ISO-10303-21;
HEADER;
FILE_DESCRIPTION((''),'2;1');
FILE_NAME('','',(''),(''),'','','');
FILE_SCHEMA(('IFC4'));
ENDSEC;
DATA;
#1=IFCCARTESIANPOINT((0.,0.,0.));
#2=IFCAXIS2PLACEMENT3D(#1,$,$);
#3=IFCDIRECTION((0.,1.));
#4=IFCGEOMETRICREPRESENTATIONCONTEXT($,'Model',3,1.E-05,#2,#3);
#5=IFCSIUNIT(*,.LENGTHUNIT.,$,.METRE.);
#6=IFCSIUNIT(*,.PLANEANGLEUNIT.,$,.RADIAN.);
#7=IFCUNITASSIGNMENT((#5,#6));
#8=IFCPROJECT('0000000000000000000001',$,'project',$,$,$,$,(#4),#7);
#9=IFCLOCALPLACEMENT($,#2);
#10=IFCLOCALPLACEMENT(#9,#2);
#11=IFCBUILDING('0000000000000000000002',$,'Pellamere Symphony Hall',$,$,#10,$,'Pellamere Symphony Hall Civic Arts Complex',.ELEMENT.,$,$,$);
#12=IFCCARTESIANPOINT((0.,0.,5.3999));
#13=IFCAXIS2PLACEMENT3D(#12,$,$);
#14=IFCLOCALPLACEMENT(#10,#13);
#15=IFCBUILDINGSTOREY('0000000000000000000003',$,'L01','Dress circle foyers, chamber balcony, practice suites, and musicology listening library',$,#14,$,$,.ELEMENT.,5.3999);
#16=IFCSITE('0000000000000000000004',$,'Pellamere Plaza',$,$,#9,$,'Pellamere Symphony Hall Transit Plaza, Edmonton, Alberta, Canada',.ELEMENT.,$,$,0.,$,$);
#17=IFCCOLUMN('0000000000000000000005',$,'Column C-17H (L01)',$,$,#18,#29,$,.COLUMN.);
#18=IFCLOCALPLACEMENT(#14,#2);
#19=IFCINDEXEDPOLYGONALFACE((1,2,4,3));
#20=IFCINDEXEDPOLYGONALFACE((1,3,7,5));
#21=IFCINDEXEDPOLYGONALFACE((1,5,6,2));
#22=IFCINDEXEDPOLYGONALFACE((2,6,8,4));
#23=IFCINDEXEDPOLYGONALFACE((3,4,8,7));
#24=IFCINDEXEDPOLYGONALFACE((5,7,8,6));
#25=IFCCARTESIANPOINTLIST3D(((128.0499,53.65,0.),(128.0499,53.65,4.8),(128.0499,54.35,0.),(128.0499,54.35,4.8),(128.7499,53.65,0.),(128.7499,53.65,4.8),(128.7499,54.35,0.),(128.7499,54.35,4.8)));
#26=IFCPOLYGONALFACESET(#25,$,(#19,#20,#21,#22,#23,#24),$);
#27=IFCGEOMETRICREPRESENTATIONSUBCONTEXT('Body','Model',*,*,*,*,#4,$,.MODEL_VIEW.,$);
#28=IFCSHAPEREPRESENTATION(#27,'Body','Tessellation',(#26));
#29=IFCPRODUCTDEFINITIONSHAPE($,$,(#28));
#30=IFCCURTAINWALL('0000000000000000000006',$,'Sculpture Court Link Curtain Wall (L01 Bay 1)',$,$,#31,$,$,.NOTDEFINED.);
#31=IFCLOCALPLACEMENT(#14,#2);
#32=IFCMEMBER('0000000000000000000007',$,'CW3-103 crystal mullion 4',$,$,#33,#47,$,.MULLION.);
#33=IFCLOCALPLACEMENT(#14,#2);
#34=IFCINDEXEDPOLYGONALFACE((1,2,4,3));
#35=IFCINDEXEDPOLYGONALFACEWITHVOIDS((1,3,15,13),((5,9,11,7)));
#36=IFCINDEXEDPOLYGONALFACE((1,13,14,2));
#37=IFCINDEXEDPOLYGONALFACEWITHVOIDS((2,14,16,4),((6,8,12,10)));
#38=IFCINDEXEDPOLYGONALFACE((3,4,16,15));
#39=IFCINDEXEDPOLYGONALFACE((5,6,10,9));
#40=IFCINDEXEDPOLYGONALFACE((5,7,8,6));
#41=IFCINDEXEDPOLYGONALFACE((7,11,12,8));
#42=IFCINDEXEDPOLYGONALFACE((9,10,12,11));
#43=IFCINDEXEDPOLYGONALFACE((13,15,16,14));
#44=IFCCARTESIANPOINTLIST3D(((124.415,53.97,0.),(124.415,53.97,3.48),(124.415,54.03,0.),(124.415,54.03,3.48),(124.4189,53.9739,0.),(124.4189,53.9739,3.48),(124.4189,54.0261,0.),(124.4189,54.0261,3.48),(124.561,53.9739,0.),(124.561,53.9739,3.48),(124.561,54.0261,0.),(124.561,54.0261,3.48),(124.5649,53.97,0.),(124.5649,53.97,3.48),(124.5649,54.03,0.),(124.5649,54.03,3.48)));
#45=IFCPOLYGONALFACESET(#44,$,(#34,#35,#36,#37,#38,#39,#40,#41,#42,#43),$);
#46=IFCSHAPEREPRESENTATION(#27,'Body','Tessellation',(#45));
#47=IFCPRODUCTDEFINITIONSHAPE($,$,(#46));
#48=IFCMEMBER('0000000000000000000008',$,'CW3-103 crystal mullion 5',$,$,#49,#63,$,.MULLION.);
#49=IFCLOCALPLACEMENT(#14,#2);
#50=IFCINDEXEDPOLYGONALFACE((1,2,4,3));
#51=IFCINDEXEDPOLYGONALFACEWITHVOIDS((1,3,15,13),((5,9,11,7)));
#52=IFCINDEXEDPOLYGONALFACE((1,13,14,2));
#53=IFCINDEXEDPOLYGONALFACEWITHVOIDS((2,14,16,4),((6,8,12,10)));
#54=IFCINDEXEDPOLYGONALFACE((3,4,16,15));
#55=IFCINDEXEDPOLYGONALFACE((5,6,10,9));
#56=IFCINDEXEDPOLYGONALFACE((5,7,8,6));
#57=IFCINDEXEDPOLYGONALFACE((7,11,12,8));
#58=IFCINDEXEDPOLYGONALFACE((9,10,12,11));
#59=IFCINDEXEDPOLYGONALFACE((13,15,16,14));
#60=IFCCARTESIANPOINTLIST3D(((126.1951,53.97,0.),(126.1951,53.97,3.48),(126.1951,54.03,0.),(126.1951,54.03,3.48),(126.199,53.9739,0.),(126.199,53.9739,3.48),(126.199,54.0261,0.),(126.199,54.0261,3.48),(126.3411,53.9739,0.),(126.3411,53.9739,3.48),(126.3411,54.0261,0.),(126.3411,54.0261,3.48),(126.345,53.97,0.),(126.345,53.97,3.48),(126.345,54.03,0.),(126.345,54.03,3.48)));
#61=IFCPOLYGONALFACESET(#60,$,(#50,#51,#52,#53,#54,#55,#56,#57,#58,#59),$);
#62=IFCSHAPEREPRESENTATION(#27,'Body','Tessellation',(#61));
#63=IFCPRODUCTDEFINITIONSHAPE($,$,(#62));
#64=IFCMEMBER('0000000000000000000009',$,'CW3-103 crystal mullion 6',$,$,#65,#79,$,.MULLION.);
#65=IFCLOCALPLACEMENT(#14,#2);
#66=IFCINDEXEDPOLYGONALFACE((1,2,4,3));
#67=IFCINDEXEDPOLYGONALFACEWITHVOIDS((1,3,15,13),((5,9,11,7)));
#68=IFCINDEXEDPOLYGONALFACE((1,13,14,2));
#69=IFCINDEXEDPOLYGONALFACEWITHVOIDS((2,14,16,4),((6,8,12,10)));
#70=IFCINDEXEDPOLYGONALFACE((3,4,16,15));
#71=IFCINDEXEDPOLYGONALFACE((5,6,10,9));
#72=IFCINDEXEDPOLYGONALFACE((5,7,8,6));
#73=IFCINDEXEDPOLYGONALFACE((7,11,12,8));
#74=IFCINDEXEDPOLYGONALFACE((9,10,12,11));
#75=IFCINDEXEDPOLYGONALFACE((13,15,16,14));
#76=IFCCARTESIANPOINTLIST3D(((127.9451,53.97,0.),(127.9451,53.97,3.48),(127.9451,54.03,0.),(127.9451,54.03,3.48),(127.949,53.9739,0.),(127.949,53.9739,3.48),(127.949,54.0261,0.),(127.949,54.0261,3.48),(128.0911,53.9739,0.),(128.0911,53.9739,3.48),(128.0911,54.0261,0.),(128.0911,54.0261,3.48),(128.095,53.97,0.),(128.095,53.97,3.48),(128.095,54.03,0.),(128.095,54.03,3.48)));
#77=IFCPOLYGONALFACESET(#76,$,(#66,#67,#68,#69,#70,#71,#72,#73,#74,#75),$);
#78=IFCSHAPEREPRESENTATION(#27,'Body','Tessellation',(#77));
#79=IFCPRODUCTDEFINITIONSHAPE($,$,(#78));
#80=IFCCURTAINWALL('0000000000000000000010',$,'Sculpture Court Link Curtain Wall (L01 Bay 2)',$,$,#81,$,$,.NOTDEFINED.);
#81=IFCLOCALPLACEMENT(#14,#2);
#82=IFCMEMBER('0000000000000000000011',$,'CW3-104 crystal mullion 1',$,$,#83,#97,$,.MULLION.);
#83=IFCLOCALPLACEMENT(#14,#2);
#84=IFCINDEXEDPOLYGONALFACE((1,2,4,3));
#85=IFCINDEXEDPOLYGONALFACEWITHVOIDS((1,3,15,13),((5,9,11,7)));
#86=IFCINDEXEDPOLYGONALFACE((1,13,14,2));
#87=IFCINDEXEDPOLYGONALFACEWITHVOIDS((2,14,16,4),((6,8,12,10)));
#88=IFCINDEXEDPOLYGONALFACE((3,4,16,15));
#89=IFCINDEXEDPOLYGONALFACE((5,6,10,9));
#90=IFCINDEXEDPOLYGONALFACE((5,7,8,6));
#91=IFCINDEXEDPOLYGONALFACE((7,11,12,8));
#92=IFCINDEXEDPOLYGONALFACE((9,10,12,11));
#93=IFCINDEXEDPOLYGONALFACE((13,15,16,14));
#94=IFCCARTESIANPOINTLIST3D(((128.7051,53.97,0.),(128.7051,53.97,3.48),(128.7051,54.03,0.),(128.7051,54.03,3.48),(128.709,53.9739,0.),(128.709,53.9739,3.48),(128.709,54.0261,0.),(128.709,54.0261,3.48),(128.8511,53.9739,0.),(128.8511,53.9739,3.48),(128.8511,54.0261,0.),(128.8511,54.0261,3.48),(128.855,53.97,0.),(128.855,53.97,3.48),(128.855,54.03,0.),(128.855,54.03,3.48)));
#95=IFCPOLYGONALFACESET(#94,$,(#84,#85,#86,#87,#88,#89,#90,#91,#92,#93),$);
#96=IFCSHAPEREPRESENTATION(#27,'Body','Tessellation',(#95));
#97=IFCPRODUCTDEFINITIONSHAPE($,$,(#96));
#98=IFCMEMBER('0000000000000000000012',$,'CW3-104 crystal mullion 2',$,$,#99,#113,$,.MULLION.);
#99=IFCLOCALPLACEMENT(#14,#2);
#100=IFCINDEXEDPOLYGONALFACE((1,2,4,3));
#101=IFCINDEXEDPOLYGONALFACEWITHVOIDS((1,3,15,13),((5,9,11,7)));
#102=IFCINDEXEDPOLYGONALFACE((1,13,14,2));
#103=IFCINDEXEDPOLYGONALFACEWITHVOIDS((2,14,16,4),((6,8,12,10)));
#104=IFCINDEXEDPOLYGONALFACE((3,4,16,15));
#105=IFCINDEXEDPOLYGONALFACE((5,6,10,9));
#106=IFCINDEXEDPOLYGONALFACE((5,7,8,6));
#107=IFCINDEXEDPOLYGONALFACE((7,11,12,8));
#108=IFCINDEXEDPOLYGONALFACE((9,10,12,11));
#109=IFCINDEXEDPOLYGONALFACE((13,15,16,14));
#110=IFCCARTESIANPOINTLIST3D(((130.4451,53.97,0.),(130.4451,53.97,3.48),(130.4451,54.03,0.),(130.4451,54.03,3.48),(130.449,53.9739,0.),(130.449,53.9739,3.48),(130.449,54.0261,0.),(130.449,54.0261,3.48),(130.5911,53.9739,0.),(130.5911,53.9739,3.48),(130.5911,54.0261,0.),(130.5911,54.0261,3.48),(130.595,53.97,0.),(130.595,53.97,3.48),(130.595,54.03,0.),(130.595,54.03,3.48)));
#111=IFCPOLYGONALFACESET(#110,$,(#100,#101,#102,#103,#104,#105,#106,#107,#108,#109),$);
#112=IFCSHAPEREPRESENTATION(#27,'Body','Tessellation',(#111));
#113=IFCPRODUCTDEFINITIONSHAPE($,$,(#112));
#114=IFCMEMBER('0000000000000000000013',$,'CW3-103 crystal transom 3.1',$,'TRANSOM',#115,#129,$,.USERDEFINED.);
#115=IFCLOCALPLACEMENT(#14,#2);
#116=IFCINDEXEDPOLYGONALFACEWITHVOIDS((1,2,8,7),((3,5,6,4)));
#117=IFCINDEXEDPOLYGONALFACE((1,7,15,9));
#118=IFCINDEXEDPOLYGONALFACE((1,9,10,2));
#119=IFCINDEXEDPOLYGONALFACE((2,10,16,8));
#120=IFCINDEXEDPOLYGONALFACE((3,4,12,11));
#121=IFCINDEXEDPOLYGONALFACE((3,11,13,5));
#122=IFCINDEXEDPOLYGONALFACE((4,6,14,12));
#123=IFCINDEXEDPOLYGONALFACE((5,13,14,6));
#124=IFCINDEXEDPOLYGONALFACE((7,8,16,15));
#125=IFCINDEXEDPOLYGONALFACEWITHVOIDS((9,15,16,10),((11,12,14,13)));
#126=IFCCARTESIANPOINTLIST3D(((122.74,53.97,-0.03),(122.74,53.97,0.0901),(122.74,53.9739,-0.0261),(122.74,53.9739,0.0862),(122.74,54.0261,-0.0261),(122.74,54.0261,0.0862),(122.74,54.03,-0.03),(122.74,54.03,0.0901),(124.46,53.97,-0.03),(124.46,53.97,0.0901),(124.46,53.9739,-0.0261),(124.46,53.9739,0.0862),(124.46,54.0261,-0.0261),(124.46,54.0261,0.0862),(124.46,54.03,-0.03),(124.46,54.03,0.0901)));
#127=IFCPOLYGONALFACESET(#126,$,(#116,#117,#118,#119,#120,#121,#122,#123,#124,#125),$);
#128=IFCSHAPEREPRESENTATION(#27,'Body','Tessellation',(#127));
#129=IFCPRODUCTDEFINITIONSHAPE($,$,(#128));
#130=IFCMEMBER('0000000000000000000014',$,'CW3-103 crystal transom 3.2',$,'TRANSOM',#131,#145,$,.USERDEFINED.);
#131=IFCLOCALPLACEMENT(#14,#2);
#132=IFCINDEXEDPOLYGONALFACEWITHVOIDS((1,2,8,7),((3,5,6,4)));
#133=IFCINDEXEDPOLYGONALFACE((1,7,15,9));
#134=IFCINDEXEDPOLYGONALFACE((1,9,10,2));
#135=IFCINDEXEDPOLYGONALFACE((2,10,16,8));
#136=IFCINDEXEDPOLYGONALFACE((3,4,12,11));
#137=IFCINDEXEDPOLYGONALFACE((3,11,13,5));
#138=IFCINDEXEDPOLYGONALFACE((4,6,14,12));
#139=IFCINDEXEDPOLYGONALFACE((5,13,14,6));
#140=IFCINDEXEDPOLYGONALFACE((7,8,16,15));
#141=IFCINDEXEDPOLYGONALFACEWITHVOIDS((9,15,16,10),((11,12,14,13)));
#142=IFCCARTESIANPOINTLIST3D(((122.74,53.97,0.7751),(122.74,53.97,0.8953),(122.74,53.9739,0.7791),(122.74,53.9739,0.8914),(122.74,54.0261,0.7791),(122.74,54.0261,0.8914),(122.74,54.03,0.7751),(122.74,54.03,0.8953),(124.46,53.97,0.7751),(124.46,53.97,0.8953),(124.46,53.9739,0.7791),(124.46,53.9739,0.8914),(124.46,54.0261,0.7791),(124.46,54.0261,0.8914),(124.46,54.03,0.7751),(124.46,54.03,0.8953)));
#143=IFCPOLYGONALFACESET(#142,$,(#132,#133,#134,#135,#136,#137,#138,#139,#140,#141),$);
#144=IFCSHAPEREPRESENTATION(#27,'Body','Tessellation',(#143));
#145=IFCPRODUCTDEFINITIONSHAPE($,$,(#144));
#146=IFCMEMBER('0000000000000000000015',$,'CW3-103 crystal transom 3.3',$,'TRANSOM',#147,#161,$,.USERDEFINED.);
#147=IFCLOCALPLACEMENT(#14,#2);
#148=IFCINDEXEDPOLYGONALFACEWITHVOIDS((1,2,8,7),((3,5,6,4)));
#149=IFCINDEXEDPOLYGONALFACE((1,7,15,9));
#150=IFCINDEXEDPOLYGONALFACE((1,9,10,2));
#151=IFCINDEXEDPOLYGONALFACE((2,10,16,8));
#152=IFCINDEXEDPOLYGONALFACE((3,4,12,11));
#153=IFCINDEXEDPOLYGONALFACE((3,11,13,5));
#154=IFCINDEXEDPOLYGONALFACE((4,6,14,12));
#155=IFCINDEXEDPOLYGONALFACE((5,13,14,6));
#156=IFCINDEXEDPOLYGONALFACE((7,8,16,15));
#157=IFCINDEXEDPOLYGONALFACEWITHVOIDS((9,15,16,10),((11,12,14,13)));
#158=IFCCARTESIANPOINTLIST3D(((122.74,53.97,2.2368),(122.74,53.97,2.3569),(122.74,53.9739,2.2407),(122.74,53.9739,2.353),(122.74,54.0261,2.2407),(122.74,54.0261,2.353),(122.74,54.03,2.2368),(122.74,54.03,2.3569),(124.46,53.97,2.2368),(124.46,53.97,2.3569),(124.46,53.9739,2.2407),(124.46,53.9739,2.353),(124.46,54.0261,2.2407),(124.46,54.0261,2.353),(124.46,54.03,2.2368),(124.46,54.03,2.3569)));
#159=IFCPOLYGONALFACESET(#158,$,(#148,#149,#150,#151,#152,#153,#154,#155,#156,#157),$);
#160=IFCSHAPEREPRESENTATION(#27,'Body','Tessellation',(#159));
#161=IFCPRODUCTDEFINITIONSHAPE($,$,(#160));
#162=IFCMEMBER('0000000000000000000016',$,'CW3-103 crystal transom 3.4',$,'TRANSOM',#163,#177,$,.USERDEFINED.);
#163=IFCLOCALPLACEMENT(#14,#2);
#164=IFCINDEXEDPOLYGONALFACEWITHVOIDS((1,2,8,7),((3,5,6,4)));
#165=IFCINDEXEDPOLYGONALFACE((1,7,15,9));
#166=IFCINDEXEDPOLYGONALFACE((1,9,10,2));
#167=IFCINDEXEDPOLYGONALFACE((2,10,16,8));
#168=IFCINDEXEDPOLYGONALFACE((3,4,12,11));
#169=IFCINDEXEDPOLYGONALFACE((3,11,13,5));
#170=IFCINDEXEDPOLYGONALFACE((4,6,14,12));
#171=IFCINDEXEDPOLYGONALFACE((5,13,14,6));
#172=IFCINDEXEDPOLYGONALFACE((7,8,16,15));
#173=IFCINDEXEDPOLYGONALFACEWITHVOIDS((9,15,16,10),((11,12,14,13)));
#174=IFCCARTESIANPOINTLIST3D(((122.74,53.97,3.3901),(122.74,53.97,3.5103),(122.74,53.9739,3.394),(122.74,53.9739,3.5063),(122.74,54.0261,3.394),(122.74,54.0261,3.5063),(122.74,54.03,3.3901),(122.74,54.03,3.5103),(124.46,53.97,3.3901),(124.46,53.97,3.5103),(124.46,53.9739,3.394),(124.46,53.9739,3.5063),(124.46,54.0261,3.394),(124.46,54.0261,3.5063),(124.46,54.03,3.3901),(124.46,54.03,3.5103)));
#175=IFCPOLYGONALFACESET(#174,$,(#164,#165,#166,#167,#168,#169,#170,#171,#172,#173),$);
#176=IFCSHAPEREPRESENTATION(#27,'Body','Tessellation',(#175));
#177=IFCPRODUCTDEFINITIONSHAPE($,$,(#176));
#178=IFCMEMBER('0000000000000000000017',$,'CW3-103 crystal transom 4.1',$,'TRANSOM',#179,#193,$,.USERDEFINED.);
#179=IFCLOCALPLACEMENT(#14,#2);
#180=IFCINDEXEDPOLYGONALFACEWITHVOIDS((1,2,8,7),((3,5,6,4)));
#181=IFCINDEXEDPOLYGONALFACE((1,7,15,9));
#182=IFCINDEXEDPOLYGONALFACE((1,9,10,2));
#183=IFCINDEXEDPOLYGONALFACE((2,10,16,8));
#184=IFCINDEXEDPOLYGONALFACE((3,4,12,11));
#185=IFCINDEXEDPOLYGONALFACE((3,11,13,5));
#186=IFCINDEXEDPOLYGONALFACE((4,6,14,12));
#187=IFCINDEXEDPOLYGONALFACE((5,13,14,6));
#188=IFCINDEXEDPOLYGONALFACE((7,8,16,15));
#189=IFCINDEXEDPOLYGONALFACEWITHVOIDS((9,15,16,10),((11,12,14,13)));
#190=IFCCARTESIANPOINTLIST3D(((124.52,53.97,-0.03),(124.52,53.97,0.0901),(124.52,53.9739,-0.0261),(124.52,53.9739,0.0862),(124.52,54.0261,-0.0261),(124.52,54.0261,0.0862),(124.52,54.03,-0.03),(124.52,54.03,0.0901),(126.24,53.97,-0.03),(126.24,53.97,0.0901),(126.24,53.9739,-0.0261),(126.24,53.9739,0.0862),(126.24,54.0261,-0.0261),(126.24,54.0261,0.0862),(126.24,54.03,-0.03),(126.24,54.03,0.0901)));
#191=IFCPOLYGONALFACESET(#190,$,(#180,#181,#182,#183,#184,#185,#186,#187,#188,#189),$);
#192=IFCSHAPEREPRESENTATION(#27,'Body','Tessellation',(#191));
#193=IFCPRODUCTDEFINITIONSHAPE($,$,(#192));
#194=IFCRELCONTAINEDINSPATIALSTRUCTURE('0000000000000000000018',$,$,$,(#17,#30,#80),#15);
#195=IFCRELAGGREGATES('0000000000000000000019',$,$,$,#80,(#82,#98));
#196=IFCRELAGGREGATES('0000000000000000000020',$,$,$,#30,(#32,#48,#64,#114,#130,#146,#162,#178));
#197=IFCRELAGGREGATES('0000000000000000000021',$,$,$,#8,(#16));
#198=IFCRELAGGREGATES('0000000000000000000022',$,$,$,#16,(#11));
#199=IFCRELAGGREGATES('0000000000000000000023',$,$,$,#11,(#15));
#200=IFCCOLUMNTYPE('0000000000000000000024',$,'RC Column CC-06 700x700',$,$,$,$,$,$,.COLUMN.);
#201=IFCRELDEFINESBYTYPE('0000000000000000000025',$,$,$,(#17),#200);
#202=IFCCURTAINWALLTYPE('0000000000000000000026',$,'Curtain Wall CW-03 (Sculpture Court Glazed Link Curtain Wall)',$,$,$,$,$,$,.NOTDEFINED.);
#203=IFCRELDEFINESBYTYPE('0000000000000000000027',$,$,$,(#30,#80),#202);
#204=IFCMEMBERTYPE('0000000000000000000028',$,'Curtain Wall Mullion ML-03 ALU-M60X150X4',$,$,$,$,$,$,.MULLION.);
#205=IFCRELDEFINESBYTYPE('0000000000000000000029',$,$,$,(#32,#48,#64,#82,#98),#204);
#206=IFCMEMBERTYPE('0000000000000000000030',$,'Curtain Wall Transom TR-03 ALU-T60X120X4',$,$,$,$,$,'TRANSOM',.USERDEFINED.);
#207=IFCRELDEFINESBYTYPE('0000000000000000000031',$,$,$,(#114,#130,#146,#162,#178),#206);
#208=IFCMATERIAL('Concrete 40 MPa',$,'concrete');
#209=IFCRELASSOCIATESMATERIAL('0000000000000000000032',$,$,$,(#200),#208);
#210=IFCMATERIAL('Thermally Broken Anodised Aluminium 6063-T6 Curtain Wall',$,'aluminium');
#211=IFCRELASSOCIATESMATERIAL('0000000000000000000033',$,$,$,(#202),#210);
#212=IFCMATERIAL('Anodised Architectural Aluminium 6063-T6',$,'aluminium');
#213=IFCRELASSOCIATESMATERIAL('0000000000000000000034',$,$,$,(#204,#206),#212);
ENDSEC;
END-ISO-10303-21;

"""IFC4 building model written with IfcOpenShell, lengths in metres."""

from ifc_helpers import new_model, si_unit, direction, frame, origin, origin_2d, place, context, subcontext, project, spatial, rectangle, hollow_rectangle, extrude, material, material_profile, profile_set, type_object, element, aggregate, save


model = new_model("IFC4")

# Units and contexts
model_context = context("Model", 3, precision=1e-05, world=origin(), true_north=direction((0.0, 1.0)))
body_context = subcontext(model_context, "Body", "Model", "MODEL_VIEW")
ifc_project = project(units=[si_unit("LENGTHUNIT", "METRE"), si_unit("PLANEANGLEUNIT", "RADIAN")], contexts=[model_context])

# Site, building, storey
site_placement = place(None, origin())
site = spatial("IfcSite", under=ifc_project, at=site_placement, Name="Pellamere Plaza", LongName="Pellamere Symphony Hall Transit Plaza, Edmonton, Alberta, Canada", CompositionType="ELEMENT", RefElevation=0.0)
building_placement = place(site_placement, origin())
building = spatial("IfcBuilding", under=site, at=building_placement, Name="Pellamere Symphony Hall", LongName="Pellamere Symphony Hall Civic Arts Complex", CompositionType="ELEMENT")
storey_placement = place(building_placement, frame((0.0, 0.0, 5.3999)))
storey = spatial("IfcBuildingStorey", under=building, at=storey_placement, Name="L01", Description="Dress circle foyers, chamber balcony, practice suites, and musicology listening library", CompositionType="ELEMENT", Elevation=5.3999)

# Column
ifc_material_1 = material(Name="Concrete 40 MPa", Category="concrete")
ifc_material_profile_1 = material_profile(ifc_material_1, rectangle(XDim=0.7, YDim=0.7, at=origin_2d()), Name="RC 700x700")
ifc_profile_set_1 = profile_set([ifc_material_profile_1], Name="Concrete 40 MPa")
column_type = type_object("IfcColumnType", Name="RC Column CC-06 700x700", PredefinedType="COLUMN", material=ifc_profile_set_1)
column_placement = place(storey_placement, frame((128.3999, 54.0, 0.0), z_axis=(0.0, 0.0, 1.0), x_axis=(1.0, 0.0, 0.0)))
element("IfcColumn", 1, at=column_placement, inside=storey, type_object=column_type, Name="Column C-17H (L01)", PredefinedType="COLUMN", context=body_context, shape_type="SweptSolid", body=[
    extrude(rectangle(XDim=0.7, YDim=0.7, at=origin_2d()), origin(), (0.0, 0.0, 1.0), 4.8),
])

# Curtain walls, members
ifc_material_2 = material(Name="Thermally Broken Anodised Aluminium 6063-T6 Curtain Wall", Category="aluminium")
curtain_wall_type = type_object("IfcCurtainWallType", Name="Curtain Wall CW-03 (Sculpture Court Glazed Link Curtain Wall)", PredefinedType="NOTDEFINED", material=ifc_material_2)
curtain_wall_1_placement = place(storey_placement, origin())
curtain_wall_1 = element("IfcCurtainWall", 2, at=curtain_wall_1_placement, inside=storey, type_object=curtain_wall_type, Name="Sculpture Court Link Curtain Wall (L01 Bay 1)", PredefinedType="NOTDEFINED")
ifc_material_3 = material(Name="Anodised Architectural Aluminium 6063-T6", Category="aluminium")
ifc_material_profile_2 = material_profile(ifc_material_3, hollow_rectangle(XDim=0.0601, YDim=0.1499, WallThickness=0.0039, at=origin_2d()), Name="ALU-M60X150X4")
ifc_profile_set_2 = profile_set([ifc_material_profile_2], Name="Anodised Architectural Aluminium 6063-T6")
member_type_1 = type_object("IfcMemberType", Name="Curtain Wall Mullion ML-03 ALU-M60X150X4", PredefinedType="MULLION", material=ifc_profile_set_2)
member_1_placement = place(storey_placement, frame((124.49, 54.0, 0.0), z_axis=(0.0, 0.0, 1.0), x_axis=(0.0, 1.0, 0.0)))
member_1 = element("IfcMember", 3, at=member_1_placement, type_object=member_type_1, Name="CW3-103 crystal mullion 4", PredefinedType="MULLION", context=body_context, shape_type="SweptSolid", body=[
    extrude(hollow_rectangle(XDim=0.0601, YDim=0.1499, WallThickness=0.0039, at=origin_2d()), origin(), (0.0, 0.0, 1.0), 3.48),
])
member_2_placement = place(storey_placement, frame((126.27, 54.0, 0.0), z_axis=(0.0, 0.0, 1.0), x_axis=(0.0, 1.0, 0.0)))
member_2 = element("IfcMember", 4, at=member_2_placement, type_object=member_type_1, Name="CW3-103 crystal mullion 5", PredefinedType="MULLION", context=body_context, shape_type="SweptSolid", body=[
    extrude(hollow_rectangle(XDim=0.0601, YDim=0.1499, WallThickness=0.0039, at=origin_2d()), origin(), (0.0, 0.0, 1.0), 3.48),
])
member_3_placement = place(storey_placement, frame((128.02, 54.0, 0.0), z_axis=(0.0, 0.0, 1.0), x_axis=(0.0, 1.0, 0.0)))
member_3 = element("IfcMember", 5, at=member_3_placement, type_object=member_type_1, Name="CW3-103 crystal mullion 6", PredefinedType="MULLION", context=body_context, shape_type="SweptSolid", body=[
    extrude(hollow_rectangle(XDim=0.0601, YDim=0.1499, WallThickness=0.0039, at=origin_2d()), origin(), (0.0, 0.0, 1.0), 3.48),
])
curtain_wall_2_placement = place(storey_placement, origin())
curtain_wall_2 = element("IfcCurtainWall", 6, at=curtain_wall_2_placement, inside=storey, type_object=curtain_wall_type, Name="Sculpture Court Link Curtain Wall (L01 Bay 2)", PredefinedType="NOTDEFINED")
member_4_placement = place(storey_placement, frame((128.78, 54.0, 0.0), z_axis=(0.0, 0.0, 1.0), x_axis=(0.0, 1.0, 0.0)))
member_4 = element("IfcMember", 7, at=member_4_placement, type_object=member_type_1, Name="CW3-104 crystal mullion 1", PredefinedType="MULLION", context=body_context, shape_type="SweptSolid", body=[
    extrude(hollow_rectangle(XDim=0.0601, YDim=0.1499, WallThickness=0.0039, at=origin_2d()), origin(), (0.0, 0.0, 1.0), 3.48),
])
member_5_placement = place(storey_placement, frame((130.52, 54.0, 0.0), z_axis=(0.0, 0.0, 1.0), x_axis=(0.0, 1.0, 0.0)))
member_5 = element("IfcMember", 8, at=member_5_placement, type_object=member_type_1, Name="CW3-104 crystal mullion 2", PredefinedType="MULLION", context=body_context, shape_type="SweptSolid", body=[
    extrude(hollow_rectangle(XDim=0.0601, YDim=0.1499, WallThickness=0.0039, at=origin_2d()), origin(), (0.0, 0.0, 1.0), 3.48),
])

# Members
ifc_material_profile_3 = material_profile(ifc_material_3, hollow_rectangle(XDim=0.0601, YDim=0.1201, WallThickness=0.0039, at=origin_2d()), Name="ALU-T60X120X4")
ifc_profile_set_3 = profile_set([ifc_material_profile_3], Name="Anodised Architectural Aluminium 6063-T6")
member_type_2 = type_object("IfcMemberType", Name="Curtain Wall Transom TR-03 ALU-T60X120X4", ElementType="TRANSOM", PredefinedType="USERDEFINED", material=ifc_profile_set_3)
member_6_placement = place(storey_placement, frame((122.74, 54.0, 0.03), z_axis=(1.0, 0.0, 0.0), x_axis=(0.0, 1.0, 0.0)))
member_6 = element("IfcMember", 9, at=member_6_placement, type_object=member_type_2, Name="CW3-103 crystal transom 3.1", ObjectType="TRANSOM", PredefinedType="USERDEFINED", context=body_context, shape_type="SweptSolid", body=[
    extrude(hollow_rectangle(XDim=0.0601, YDim=0.1201, WallThickness=0.0039, at=origin_2d()), origin(), (0.0, 0.0, 1.0), 1.72),
])
member_7_placement = place(storey_placement, frame((122.74, 54.0, 0.8352), z_axis=(1.0, 0.0, 0.0), x_axis=(0.0, 1.0, 0.0)))
member_7 = element("IfcMember", 10, at=member_7_placement, type_object=member_type_2, Name="CW3-103 crystal transom 3.2", ObjectType="TRANSOM", PredefinedType="USERDEFINED", context=body_context, shape_type="SweptSolid", body=[
    extrude(hollow_rectangle(XDim=0.0601, YDim=0.1201, WallThickness=0.0039, at=origin_2d()), origin(), (0.0, 0.0, 1.0), 1.72),
])
member_8_placement = place(storey_placement, frame((122.74, 54.0, 2.2969), z_axis=(1.0, 0.0, 0.0), x_axis=(0.0, 1.0, 0.0)))
member_8 = element("IfcMember", 11, at=member_8_placement, type_object=member_type_2, Name="CW3-103 crystal transom 3.3", ObjectType="TRANSOM", PredefinedType="USERDEFINED", context=body_context, shape_type="SweptSolid", body=[
    extrude(hollow_rectangle(XDim=0.0601, YDim=0.1201, WallThickness=0.0039, at=origin_2d()), origin(), (0.0, 0.0, 1.0), 1.72),
])
member_9_placement = place(storey_placement, frame((122.74, 54.0, 3.4502), z_axis=(1.0, 0.0, 0.0), x_axis=(0.0, 1.0, 0.0)))
member_9 = element("IfcMember", 12, at=member_9_placement, type_object=member_type_2, Name="CW3-103 crystal transom 3.4", ObjectType="TRANSOM", PredefinedType="USERDEFINED", context=body_context, shape_type="SweptSolid", body=[
    extrude(hollow_rectangle(XDim=0.0601, YDim=0.1201, WallThickness=0.0039, at=origin_2d()), origin(), (0.0, 0.0, 1.0), 1.72),
])
member_10_placement = place(storey_placement, frame((124.52, 54.0, 0.03), z_axis=(1.0, 0.0, 0.0), x_axis=(0.0, 1.0, 0.0)))
member_10 = element("IfcMember", 13, at=member_10_placement, type_object=member_type_2, Name="CW3-103 crystal transom 4.1", ObjectType="TRANSOM", PredefinedType="USERDEFINED", context=body_context, shape_type="SweptSolid", body=[
    extrude(hollow_rectangle(XDim=0.0601, YDim=0.1201, WallThickness=0.0039, at=origin_2d()), origin(), (0.0, 0.0, 1.0), 1.72),
])

aggregate(curtain_wall_2, [member_4, member_5])
aggregate(curtain_wall_1, [member_1, member_2, member_3, member_6, member_7, member_8, member_9, member_10])

save(model, "model.ifc")
